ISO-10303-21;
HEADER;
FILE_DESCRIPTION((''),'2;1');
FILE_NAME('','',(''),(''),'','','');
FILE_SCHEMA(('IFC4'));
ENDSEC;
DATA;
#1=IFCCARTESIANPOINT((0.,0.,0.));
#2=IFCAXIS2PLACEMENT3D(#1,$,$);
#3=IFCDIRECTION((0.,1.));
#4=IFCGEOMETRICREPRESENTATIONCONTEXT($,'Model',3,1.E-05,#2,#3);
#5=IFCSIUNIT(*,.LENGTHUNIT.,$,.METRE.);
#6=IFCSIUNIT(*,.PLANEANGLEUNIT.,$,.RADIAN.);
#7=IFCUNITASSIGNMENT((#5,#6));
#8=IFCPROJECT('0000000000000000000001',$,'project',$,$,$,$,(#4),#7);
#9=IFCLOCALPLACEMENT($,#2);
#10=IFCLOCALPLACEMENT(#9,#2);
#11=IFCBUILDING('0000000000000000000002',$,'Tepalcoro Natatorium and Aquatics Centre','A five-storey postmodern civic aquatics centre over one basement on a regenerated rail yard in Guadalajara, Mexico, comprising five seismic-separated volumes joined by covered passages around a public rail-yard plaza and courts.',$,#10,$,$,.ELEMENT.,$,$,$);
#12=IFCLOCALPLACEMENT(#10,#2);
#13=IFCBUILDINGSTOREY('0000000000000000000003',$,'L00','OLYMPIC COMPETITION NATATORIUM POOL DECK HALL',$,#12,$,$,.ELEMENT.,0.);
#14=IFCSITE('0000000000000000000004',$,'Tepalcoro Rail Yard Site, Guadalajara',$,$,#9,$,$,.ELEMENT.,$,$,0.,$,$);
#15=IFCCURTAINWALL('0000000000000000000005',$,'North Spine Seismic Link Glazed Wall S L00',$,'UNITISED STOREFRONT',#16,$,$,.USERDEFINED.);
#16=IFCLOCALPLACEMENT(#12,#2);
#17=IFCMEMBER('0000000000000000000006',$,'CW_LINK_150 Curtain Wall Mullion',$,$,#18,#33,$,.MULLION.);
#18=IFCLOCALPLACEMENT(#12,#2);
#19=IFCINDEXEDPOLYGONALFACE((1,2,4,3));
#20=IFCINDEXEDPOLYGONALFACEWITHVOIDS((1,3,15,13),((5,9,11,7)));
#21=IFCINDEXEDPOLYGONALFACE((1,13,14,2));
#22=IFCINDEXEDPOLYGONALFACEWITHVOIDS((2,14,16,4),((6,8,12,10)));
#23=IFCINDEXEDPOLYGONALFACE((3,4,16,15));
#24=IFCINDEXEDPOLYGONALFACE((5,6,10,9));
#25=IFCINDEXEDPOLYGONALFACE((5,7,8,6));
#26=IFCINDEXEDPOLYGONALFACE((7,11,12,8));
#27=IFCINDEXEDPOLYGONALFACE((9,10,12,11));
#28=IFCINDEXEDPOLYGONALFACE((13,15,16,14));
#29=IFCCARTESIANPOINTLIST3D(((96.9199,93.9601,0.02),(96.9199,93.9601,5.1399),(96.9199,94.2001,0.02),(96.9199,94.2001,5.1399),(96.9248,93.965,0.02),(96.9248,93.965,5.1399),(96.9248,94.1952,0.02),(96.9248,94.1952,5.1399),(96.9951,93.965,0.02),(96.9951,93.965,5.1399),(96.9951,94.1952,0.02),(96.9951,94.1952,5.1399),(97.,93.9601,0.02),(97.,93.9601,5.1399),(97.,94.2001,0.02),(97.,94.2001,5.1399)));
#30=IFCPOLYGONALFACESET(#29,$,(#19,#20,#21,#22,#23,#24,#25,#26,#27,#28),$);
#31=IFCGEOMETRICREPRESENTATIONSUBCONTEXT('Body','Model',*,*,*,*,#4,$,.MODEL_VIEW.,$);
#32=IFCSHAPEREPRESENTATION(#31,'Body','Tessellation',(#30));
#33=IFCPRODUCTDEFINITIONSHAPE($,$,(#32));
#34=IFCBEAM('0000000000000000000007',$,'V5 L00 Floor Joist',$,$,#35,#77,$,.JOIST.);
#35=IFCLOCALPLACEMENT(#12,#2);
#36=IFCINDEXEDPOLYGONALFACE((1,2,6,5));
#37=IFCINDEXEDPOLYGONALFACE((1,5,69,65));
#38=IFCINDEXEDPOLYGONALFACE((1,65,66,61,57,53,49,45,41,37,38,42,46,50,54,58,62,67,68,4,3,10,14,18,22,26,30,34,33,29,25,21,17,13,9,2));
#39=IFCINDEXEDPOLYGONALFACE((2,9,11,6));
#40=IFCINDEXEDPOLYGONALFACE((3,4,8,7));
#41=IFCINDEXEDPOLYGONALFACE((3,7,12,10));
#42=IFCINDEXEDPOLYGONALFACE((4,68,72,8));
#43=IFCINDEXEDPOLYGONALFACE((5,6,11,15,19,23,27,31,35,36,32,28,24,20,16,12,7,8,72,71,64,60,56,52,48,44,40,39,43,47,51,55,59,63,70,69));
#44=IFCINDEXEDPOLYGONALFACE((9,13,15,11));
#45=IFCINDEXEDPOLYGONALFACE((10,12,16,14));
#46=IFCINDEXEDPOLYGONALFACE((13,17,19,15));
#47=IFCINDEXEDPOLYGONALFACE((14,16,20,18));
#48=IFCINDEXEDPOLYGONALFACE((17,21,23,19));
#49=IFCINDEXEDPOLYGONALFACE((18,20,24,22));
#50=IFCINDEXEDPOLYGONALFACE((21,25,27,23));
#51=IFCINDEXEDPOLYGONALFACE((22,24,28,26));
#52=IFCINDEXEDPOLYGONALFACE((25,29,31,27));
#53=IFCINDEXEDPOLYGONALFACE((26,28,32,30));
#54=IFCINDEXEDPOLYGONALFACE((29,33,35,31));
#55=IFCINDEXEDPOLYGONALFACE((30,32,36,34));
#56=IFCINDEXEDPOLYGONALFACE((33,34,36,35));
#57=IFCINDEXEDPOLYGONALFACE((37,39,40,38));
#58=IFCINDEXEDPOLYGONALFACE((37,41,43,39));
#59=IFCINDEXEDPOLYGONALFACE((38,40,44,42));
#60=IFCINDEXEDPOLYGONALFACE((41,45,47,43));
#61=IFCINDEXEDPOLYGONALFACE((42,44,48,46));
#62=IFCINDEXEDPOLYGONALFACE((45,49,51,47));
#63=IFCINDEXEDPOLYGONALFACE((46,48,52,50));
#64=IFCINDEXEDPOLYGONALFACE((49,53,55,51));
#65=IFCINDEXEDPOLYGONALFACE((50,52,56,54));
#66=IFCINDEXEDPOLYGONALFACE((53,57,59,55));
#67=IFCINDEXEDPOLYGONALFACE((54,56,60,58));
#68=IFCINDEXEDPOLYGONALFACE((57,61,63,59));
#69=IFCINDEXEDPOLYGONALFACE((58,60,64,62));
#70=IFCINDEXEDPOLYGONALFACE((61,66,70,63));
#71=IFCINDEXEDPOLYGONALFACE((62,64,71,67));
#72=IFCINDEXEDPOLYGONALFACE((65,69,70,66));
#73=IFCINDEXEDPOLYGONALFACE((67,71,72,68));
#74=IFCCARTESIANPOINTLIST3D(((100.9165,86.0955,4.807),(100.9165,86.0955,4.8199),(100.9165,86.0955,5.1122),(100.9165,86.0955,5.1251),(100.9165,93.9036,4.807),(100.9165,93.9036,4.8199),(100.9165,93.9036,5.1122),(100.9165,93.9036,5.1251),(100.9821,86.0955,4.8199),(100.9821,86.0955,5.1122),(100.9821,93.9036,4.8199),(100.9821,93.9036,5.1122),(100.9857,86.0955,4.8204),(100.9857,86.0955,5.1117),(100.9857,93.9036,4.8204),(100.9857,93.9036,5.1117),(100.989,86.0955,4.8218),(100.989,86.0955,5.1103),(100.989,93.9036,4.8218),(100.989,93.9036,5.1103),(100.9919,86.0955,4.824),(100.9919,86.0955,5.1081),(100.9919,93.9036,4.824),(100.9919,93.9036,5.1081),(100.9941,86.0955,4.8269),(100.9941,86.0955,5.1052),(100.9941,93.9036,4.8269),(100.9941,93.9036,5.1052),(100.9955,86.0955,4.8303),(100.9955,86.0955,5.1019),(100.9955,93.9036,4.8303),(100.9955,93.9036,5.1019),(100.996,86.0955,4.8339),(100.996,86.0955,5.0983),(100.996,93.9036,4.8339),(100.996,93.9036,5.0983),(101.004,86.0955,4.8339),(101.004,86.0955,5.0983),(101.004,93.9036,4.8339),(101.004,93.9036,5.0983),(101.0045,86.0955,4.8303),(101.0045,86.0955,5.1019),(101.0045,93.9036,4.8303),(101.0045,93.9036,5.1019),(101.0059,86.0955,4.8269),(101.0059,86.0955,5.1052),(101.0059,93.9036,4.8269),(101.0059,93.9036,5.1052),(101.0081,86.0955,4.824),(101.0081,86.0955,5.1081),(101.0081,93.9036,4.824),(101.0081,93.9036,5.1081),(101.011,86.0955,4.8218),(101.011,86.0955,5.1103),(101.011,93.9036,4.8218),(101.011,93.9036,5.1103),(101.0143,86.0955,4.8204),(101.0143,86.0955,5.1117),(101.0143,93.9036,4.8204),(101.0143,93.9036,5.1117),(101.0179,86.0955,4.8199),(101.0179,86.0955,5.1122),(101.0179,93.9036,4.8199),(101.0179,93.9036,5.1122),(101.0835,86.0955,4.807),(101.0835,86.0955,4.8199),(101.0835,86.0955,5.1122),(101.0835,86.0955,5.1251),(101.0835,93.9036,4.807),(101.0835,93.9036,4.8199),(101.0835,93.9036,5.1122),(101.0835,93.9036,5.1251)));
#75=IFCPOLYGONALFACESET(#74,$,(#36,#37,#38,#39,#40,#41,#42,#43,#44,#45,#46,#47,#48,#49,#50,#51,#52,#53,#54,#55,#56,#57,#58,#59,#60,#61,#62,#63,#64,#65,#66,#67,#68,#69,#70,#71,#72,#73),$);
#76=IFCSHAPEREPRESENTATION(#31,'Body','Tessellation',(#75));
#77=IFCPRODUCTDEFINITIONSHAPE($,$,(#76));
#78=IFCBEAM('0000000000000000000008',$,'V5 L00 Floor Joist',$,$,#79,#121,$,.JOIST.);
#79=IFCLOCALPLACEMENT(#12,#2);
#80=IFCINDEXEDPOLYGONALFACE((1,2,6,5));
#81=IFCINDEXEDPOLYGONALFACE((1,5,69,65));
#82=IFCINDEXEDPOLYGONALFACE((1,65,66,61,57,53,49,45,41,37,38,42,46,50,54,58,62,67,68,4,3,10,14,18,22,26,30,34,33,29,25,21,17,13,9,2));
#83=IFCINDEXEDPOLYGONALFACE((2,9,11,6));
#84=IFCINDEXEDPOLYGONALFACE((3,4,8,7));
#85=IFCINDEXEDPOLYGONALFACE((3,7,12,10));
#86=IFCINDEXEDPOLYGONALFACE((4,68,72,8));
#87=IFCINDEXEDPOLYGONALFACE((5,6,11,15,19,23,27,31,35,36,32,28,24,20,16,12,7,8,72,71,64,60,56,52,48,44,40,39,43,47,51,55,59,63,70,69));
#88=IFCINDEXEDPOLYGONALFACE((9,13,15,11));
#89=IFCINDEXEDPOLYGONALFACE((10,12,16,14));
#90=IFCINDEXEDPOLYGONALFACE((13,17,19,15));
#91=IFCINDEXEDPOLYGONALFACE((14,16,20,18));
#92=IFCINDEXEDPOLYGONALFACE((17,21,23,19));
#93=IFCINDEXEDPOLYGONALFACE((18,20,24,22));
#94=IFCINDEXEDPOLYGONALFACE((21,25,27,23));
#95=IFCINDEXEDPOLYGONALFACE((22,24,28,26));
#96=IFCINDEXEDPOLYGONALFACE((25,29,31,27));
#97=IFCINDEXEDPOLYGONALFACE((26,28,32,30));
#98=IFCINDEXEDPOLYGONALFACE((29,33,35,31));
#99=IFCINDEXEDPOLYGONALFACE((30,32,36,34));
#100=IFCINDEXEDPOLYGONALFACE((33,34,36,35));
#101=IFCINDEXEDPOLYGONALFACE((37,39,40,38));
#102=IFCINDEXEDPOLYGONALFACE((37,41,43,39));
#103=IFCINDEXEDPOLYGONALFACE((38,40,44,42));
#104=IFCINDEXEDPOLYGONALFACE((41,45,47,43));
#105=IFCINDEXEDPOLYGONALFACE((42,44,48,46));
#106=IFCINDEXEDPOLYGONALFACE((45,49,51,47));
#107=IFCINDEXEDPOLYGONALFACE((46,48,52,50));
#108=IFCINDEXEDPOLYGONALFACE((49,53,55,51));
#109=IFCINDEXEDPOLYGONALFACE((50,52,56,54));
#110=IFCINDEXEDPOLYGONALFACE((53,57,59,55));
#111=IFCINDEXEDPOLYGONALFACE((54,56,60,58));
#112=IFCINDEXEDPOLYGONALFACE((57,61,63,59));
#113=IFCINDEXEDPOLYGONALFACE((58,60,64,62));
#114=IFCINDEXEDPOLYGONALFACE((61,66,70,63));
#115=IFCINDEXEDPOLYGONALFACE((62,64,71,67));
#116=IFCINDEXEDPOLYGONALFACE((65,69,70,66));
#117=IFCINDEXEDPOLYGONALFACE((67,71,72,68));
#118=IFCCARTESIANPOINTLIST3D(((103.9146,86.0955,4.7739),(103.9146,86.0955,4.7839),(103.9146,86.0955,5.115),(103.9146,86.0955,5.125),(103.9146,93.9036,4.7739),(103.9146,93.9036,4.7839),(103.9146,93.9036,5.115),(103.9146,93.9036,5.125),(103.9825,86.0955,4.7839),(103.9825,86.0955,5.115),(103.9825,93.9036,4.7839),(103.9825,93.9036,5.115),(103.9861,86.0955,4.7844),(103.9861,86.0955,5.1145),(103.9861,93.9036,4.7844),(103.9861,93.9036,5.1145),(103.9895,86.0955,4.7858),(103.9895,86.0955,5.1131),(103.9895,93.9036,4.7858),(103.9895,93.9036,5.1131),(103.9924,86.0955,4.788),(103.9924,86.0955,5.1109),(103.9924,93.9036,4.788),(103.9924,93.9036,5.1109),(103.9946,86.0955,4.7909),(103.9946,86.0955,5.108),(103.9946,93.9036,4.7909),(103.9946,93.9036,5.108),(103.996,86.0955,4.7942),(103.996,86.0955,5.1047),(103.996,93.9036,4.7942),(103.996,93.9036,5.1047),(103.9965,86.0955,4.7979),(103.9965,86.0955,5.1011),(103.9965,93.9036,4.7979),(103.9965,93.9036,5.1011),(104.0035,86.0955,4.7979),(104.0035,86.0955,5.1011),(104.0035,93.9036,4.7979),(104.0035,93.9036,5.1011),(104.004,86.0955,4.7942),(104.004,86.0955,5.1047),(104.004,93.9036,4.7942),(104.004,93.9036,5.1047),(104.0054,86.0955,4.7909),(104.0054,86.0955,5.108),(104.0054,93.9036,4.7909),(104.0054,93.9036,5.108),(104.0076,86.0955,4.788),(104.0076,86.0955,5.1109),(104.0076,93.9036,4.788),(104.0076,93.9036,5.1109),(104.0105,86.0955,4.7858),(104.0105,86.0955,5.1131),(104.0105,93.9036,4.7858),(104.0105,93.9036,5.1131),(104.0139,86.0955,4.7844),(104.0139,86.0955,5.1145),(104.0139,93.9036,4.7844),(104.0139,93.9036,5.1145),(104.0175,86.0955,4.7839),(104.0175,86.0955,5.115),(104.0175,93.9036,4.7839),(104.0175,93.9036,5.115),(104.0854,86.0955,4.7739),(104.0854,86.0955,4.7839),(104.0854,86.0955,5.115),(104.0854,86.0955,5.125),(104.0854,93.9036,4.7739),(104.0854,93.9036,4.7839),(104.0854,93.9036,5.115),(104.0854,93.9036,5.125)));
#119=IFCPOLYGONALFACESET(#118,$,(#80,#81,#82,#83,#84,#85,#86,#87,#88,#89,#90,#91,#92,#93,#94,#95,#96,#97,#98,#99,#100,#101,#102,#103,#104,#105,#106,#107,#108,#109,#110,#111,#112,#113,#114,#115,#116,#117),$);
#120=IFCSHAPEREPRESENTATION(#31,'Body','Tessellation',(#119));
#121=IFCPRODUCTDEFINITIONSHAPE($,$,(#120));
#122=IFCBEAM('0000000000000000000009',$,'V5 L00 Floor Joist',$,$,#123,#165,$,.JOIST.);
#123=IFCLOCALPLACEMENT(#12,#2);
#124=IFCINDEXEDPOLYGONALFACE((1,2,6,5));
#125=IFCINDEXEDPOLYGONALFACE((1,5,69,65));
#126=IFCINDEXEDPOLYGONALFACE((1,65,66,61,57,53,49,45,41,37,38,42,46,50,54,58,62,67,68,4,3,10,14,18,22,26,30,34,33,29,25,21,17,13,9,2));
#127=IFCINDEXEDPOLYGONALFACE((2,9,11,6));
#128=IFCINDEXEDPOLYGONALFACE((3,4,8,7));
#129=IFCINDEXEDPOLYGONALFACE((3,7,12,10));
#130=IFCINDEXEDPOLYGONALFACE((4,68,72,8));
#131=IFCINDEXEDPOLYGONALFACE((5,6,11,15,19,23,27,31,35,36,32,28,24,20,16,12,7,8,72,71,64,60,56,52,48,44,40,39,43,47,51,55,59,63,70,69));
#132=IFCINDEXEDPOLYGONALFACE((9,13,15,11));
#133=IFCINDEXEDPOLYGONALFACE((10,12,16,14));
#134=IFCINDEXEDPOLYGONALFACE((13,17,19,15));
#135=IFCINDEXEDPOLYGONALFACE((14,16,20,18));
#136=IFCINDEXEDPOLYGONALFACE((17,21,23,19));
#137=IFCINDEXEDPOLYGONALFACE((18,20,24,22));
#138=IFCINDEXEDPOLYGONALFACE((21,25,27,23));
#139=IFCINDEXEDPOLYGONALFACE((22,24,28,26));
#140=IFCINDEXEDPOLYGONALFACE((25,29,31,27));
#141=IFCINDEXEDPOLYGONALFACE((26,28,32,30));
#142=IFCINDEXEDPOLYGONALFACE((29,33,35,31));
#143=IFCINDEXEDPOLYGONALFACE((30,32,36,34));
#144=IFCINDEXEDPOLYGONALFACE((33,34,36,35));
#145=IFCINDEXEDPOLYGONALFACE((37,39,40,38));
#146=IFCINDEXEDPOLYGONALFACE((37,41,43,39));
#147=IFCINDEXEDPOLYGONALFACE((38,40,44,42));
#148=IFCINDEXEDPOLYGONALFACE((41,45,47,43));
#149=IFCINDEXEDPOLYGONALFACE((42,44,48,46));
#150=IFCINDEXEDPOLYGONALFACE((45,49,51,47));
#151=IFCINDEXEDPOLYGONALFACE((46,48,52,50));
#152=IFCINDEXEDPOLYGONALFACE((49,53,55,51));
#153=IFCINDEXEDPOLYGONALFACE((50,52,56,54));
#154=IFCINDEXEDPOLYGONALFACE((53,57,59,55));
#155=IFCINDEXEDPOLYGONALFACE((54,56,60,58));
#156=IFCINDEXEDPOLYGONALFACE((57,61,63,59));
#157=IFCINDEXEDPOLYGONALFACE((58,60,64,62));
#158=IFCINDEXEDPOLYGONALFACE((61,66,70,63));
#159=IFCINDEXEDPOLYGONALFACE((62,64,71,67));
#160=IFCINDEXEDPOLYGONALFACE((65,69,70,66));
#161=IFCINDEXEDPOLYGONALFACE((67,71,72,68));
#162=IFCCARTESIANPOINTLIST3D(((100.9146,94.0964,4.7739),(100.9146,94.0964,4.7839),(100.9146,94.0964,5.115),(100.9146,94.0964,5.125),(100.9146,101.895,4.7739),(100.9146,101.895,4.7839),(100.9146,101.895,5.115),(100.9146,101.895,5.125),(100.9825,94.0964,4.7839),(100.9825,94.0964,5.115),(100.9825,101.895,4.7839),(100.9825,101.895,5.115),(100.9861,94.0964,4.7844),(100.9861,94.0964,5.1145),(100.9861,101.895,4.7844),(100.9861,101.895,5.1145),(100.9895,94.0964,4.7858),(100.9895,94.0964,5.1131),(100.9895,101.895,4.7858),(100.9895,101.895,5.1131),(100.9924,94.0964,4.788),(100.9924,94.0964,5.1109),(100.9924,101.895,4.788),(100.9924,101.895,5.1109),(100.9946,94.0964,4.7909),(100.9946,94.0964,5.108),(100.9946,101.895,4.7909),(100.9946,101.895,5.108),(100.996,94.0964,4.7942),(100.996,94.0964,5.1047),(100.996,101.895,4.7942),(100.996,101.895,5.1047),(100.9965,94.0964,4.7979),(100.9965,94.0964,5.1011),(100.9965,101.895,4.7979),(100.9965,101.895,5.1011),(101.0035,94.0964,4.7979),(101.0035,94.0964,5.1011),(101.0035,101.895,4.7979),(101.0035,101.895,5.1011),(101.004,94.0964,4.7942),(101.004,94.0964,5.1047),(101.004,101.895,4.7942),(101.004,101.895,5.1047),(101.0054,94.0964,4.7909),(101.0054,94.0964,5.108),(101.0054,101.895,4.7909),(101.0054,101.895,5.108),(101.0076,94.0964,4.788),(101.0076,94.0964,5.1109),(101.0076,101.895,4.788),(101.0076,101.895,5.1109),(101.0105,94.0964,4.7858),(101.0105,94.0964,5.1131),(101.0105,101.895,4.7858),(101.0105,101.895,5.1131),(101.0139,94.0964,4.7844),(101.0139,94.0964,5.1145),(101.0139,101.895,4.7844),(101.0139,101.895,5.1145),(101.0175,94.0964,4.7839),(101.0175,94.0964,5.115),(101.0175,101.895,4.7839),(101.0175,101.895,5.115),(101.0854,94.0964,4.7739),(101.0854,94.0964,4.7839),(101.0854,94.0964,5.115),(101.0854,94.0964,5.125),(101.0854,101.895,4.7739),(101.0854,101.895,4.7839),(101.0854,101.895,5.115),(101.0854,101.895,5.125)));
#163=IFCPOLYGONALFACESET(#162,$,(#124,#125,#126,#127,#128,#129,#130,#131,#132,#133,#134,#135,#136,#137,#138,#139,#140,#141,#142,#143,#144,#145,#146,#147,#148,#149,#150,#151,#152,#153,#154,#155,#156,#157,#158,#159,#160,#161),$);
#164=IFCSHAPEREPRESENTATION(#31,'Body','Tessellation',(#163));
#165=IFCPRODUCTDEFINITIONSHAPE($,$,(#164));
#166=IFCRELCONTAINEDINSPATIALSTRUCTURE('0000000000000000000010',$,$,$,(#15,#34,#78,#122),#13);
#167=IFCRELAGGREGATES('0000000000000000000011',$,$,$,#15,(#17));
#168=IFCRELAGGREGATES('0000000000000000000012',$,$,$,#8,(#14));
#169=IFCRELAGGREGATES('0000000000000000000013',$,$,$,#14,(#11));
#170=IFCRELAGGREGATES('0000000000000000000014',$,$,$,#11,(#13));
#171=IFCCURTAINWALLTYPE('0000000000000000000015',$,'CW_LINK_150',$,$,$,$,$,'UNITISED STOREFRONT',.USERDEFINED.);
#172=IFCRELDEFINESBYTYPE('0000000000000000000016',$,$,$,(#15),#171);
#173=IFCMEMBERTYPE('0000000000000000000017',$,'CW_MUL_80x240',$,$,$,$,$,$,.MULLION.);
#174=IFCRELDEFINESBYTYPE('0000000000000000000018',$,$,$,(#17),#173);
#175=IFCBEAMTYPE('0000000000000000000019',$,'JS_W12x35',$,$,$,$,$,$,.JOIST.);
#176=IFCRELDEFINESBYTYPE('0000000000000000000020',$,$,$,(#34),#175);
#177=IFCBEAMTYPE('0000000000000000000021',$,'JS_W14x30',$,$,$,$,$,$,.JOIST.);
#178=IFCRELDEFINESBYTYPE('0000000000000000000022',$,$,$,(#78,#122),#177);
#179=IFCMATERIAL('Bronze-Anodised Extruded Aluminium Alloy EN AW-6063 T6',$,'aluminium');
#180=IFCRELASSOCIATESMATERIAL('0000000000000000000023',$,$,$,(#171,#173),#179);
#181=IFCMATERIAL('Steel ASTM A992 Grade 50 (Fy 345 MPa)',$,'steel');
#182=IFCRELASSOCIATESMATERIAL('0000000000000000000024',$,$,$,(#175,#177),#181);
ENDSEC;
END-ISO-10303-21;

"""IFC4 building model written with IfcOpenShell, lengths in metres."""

from ifc_helpers import new_model, si_unit, direction, frame, origin, origin_2d, place, context, subcontext, project, spatial, hollow_rectangle, i_section, extrude, material, material_profile, profile_set, type_object, element, aggregate, save


model = new_model("IFC4")

# Units and contexts
model_context = context("Model", 3, precision=1e-05, world=origin(), true_north=direction((0.0, 1.0)))
body_context = subcontext(model_context, "Body", "Model", "MODEL_VIEW")
ifc_project = project(units=[si_unit("LENGTHUNIT", "METRE"), si_unit("PLANEANGLEUNIT", "RADIAN")], contexts=[model_context])

# Site, building, storey
site_placement = place(None, origin())
site = spatial("IfcSite", under=ifc_project, at=site_placement, Name="Tepalcoro Rail Yard Site, Guadalajara", CompositionType="ELEMENT", RefElevation=0.0)
building_placement = place(site_placement, origin())
building = spatial("IfcBuilding", under=site, at=building_placement, Name="Tepalcoro Natatorium and Aquatics Centre", Description="A five-storey postmodern civic aquatics centre over one basement on a regenerated rail yard in Guadalajara, Mexico, comprising five seismic-separated volumes joined by covered passages around a public rail-yard plaza and courts.", CompositionType="ELEMENT")
storey_placement = place(building_placement, origin())
storey = spatial("IfcBuildingStorey", under=building, at=storey_placement, Name="L00", Description="OLYMPIC COMPETITION NATATORIUM POOL DECK HALL", CompositionType="ELEMENT", Elevation=0.0)

# Shared definitions
ifc_material_1 = material(Name="Steel ASTM A992 Grade 50 (Fy 345 MPa)", Category="steel")

# Curtain wall, member
ifc_material_2 = material(Name="Bronze-Anodised Extruded Aluminium Alloy EN AW-6063 T6", Category="aluminium")
curtain_wall_type = type_object("IfcCurtainWallType", Name="CW_LINK_150", ElementType="UNITISED STOREFRONT", PredefinedType="USERDEFINED", material=ifc_material_2)
curtain_wall_placement = place(storey_placement, origin())
curtain_wall = element("IfcCurtainWall", 1, at=curtain_wall_placement, inside=storey, type_object=curtain_wall_type, Name="North Spine Seismic Link Glazed Wall S L00", ObjectType="UNITISED STOREFRONT", PredefinedType="USERDEFINED")
ifc_material_profile_1 = material_profile(ifc_material_2, hollow_rectangle(XDim=0.0801, YDim=0.24, WallThickness=0.0049, at=origin_2d()), Name="AL80X240X5")
ifc_profile_set_1 = profile_set([ifc_material_profile_1], Name="Bronze-Anodised Extruded Aluminium Alloy EN AW-6063 T6")
member_type = type_object("IfcMemberType", Name="CW_MUL_80x240", PredefinedType="MULLION", material=ifc_profile_set_1)
member_1_placement = place(storey_placement, frame((96.96, 94.0801, 0.02), z_axis=(0.0, 0.0, 1.0), x_axis=(1.0, 0.0, 0.0)))
member_1 = element("IfcMember", 2, at=member_1_placement, type_object=member_type, Name="CW_LINK_150 Curtain Wall Mullion", PredefinedType="MULLION", context=body_context, shape_type="SweptSolid", body=[
    extrude(hollow_rectangle(XDim=0.0801, YDim=0.24, WallThickness=0.0049, at=origin_2d()), origin(), (0.0, 0.0, 1.0), 5.1199),
])

# Beams
ifc_material_profile_2 = material_profile(ifc_material_1, i_section(OverallWidth=0.167, OverallDepth=0.3181, WebThickness=0.0081, FlangeThickness=0.0129, FilletRadius=0.0139, at=origin_2d()), Name="W12X35")
ifc_profile_set_2 = profile_set([ifc_material_profile_2], Name="Steel ASTM A992 Grade 50 (Fy 345 MPa)")
beam_type_1 = type_object("IfcBeamType", Name="JS_W12x35", PredefinedType="JOIST", material=ifc_profile_set_2)
beam_1_placement = place(storey_placement, frame((101.0, 86.0955, 4.9661), z_axis=(0.0, 1.0, 0.0), x_axis=(-1.0, 0.0, 0.0)))
element("IfcBeam", 3, at=beam_1_placement, inside=storey, type_object=beam_type_1, Name="V5 L00 Floor Joist", PredefinedType="JOIST", context=body_context, shape_type="SweptSolid", body=[
    extrude(i_section(OverallWidth=0.167, OverallDepth=0.3181, WebThickness=0.0081, FlangeThickness=0.0129, FilletRadius=0.0139, at=origin_2d()), origin(), (0.0, 0.0, 1.0), 7.8081),
])
ifc_material_profile_3 = material_profile(ifc_material_1, i_section(OverallWidth=0.1709, OverallDepth=0.3511, WebThickness=0.0071, FlangeThickness=0.01, FilletRadius=0.0139, at=origin_2d()), Name="W14X30")
ifc_profile_set_3 = profile_set([ifc_material_profile_3], Name="Steel ASTM A992 Grade 50 (Fy 345 MPa)")
beam_type_2 = type_object("IfcBeamType", Name="JS_W14x30", PredefinedType="JOIST", material=ifc_profile_set_3)
beam_2_placement = place(storey_placement, frame((104.0, 86.0955, 4.9495), z_axis=(0.0, 1.0, 0.0), x_axis=(-1.0, 0.0, 0.0)))
element("IfcBeam", 4, at=beam_2_placement, inside=storey, type_object=beam_type_2, Name="V5 L00 Floor Joist", PredefinedType="JOIST", context=body_context, shape_type="SweptSolid", body=[
    extrude(i_section(OverallWidth=0.1709, OverallDepth=0.3511, WebThickness=0.0071, FlangeThickness=0.01, FilletRadius=0.0139, at=origin_2d()), origin(), (0.0, 0.0, 1.0), 7.8081),
])
beam_3_placement = place(storey_placement, frame((101.0, 94.0964, 4.9495), z_axis=(0.0, 1.0, 0.0), x_axis=(-1.0, 0.0, 0.0)))
element("IfcBeam", 5, at=beam_3_placement, inside=storey, type_object=beam_type_2, Name="V5 L00 Floor Joist", PredefinedType="JOIST", context=body_context, shape_type="SweptSolid", body=[
    extrude(i_section(OverallWidth=0.1709, OverallDepth=0.3511, WebThickness=0.0071, FlangeThickness=0.01, FilletRadius=0.0139, at=origin_2d()), origin(), (0.0, 0.0, 1.0), 7.7986),
])

aggregate(curtain_wall, [member_1])

save(model, "model.ifc")
